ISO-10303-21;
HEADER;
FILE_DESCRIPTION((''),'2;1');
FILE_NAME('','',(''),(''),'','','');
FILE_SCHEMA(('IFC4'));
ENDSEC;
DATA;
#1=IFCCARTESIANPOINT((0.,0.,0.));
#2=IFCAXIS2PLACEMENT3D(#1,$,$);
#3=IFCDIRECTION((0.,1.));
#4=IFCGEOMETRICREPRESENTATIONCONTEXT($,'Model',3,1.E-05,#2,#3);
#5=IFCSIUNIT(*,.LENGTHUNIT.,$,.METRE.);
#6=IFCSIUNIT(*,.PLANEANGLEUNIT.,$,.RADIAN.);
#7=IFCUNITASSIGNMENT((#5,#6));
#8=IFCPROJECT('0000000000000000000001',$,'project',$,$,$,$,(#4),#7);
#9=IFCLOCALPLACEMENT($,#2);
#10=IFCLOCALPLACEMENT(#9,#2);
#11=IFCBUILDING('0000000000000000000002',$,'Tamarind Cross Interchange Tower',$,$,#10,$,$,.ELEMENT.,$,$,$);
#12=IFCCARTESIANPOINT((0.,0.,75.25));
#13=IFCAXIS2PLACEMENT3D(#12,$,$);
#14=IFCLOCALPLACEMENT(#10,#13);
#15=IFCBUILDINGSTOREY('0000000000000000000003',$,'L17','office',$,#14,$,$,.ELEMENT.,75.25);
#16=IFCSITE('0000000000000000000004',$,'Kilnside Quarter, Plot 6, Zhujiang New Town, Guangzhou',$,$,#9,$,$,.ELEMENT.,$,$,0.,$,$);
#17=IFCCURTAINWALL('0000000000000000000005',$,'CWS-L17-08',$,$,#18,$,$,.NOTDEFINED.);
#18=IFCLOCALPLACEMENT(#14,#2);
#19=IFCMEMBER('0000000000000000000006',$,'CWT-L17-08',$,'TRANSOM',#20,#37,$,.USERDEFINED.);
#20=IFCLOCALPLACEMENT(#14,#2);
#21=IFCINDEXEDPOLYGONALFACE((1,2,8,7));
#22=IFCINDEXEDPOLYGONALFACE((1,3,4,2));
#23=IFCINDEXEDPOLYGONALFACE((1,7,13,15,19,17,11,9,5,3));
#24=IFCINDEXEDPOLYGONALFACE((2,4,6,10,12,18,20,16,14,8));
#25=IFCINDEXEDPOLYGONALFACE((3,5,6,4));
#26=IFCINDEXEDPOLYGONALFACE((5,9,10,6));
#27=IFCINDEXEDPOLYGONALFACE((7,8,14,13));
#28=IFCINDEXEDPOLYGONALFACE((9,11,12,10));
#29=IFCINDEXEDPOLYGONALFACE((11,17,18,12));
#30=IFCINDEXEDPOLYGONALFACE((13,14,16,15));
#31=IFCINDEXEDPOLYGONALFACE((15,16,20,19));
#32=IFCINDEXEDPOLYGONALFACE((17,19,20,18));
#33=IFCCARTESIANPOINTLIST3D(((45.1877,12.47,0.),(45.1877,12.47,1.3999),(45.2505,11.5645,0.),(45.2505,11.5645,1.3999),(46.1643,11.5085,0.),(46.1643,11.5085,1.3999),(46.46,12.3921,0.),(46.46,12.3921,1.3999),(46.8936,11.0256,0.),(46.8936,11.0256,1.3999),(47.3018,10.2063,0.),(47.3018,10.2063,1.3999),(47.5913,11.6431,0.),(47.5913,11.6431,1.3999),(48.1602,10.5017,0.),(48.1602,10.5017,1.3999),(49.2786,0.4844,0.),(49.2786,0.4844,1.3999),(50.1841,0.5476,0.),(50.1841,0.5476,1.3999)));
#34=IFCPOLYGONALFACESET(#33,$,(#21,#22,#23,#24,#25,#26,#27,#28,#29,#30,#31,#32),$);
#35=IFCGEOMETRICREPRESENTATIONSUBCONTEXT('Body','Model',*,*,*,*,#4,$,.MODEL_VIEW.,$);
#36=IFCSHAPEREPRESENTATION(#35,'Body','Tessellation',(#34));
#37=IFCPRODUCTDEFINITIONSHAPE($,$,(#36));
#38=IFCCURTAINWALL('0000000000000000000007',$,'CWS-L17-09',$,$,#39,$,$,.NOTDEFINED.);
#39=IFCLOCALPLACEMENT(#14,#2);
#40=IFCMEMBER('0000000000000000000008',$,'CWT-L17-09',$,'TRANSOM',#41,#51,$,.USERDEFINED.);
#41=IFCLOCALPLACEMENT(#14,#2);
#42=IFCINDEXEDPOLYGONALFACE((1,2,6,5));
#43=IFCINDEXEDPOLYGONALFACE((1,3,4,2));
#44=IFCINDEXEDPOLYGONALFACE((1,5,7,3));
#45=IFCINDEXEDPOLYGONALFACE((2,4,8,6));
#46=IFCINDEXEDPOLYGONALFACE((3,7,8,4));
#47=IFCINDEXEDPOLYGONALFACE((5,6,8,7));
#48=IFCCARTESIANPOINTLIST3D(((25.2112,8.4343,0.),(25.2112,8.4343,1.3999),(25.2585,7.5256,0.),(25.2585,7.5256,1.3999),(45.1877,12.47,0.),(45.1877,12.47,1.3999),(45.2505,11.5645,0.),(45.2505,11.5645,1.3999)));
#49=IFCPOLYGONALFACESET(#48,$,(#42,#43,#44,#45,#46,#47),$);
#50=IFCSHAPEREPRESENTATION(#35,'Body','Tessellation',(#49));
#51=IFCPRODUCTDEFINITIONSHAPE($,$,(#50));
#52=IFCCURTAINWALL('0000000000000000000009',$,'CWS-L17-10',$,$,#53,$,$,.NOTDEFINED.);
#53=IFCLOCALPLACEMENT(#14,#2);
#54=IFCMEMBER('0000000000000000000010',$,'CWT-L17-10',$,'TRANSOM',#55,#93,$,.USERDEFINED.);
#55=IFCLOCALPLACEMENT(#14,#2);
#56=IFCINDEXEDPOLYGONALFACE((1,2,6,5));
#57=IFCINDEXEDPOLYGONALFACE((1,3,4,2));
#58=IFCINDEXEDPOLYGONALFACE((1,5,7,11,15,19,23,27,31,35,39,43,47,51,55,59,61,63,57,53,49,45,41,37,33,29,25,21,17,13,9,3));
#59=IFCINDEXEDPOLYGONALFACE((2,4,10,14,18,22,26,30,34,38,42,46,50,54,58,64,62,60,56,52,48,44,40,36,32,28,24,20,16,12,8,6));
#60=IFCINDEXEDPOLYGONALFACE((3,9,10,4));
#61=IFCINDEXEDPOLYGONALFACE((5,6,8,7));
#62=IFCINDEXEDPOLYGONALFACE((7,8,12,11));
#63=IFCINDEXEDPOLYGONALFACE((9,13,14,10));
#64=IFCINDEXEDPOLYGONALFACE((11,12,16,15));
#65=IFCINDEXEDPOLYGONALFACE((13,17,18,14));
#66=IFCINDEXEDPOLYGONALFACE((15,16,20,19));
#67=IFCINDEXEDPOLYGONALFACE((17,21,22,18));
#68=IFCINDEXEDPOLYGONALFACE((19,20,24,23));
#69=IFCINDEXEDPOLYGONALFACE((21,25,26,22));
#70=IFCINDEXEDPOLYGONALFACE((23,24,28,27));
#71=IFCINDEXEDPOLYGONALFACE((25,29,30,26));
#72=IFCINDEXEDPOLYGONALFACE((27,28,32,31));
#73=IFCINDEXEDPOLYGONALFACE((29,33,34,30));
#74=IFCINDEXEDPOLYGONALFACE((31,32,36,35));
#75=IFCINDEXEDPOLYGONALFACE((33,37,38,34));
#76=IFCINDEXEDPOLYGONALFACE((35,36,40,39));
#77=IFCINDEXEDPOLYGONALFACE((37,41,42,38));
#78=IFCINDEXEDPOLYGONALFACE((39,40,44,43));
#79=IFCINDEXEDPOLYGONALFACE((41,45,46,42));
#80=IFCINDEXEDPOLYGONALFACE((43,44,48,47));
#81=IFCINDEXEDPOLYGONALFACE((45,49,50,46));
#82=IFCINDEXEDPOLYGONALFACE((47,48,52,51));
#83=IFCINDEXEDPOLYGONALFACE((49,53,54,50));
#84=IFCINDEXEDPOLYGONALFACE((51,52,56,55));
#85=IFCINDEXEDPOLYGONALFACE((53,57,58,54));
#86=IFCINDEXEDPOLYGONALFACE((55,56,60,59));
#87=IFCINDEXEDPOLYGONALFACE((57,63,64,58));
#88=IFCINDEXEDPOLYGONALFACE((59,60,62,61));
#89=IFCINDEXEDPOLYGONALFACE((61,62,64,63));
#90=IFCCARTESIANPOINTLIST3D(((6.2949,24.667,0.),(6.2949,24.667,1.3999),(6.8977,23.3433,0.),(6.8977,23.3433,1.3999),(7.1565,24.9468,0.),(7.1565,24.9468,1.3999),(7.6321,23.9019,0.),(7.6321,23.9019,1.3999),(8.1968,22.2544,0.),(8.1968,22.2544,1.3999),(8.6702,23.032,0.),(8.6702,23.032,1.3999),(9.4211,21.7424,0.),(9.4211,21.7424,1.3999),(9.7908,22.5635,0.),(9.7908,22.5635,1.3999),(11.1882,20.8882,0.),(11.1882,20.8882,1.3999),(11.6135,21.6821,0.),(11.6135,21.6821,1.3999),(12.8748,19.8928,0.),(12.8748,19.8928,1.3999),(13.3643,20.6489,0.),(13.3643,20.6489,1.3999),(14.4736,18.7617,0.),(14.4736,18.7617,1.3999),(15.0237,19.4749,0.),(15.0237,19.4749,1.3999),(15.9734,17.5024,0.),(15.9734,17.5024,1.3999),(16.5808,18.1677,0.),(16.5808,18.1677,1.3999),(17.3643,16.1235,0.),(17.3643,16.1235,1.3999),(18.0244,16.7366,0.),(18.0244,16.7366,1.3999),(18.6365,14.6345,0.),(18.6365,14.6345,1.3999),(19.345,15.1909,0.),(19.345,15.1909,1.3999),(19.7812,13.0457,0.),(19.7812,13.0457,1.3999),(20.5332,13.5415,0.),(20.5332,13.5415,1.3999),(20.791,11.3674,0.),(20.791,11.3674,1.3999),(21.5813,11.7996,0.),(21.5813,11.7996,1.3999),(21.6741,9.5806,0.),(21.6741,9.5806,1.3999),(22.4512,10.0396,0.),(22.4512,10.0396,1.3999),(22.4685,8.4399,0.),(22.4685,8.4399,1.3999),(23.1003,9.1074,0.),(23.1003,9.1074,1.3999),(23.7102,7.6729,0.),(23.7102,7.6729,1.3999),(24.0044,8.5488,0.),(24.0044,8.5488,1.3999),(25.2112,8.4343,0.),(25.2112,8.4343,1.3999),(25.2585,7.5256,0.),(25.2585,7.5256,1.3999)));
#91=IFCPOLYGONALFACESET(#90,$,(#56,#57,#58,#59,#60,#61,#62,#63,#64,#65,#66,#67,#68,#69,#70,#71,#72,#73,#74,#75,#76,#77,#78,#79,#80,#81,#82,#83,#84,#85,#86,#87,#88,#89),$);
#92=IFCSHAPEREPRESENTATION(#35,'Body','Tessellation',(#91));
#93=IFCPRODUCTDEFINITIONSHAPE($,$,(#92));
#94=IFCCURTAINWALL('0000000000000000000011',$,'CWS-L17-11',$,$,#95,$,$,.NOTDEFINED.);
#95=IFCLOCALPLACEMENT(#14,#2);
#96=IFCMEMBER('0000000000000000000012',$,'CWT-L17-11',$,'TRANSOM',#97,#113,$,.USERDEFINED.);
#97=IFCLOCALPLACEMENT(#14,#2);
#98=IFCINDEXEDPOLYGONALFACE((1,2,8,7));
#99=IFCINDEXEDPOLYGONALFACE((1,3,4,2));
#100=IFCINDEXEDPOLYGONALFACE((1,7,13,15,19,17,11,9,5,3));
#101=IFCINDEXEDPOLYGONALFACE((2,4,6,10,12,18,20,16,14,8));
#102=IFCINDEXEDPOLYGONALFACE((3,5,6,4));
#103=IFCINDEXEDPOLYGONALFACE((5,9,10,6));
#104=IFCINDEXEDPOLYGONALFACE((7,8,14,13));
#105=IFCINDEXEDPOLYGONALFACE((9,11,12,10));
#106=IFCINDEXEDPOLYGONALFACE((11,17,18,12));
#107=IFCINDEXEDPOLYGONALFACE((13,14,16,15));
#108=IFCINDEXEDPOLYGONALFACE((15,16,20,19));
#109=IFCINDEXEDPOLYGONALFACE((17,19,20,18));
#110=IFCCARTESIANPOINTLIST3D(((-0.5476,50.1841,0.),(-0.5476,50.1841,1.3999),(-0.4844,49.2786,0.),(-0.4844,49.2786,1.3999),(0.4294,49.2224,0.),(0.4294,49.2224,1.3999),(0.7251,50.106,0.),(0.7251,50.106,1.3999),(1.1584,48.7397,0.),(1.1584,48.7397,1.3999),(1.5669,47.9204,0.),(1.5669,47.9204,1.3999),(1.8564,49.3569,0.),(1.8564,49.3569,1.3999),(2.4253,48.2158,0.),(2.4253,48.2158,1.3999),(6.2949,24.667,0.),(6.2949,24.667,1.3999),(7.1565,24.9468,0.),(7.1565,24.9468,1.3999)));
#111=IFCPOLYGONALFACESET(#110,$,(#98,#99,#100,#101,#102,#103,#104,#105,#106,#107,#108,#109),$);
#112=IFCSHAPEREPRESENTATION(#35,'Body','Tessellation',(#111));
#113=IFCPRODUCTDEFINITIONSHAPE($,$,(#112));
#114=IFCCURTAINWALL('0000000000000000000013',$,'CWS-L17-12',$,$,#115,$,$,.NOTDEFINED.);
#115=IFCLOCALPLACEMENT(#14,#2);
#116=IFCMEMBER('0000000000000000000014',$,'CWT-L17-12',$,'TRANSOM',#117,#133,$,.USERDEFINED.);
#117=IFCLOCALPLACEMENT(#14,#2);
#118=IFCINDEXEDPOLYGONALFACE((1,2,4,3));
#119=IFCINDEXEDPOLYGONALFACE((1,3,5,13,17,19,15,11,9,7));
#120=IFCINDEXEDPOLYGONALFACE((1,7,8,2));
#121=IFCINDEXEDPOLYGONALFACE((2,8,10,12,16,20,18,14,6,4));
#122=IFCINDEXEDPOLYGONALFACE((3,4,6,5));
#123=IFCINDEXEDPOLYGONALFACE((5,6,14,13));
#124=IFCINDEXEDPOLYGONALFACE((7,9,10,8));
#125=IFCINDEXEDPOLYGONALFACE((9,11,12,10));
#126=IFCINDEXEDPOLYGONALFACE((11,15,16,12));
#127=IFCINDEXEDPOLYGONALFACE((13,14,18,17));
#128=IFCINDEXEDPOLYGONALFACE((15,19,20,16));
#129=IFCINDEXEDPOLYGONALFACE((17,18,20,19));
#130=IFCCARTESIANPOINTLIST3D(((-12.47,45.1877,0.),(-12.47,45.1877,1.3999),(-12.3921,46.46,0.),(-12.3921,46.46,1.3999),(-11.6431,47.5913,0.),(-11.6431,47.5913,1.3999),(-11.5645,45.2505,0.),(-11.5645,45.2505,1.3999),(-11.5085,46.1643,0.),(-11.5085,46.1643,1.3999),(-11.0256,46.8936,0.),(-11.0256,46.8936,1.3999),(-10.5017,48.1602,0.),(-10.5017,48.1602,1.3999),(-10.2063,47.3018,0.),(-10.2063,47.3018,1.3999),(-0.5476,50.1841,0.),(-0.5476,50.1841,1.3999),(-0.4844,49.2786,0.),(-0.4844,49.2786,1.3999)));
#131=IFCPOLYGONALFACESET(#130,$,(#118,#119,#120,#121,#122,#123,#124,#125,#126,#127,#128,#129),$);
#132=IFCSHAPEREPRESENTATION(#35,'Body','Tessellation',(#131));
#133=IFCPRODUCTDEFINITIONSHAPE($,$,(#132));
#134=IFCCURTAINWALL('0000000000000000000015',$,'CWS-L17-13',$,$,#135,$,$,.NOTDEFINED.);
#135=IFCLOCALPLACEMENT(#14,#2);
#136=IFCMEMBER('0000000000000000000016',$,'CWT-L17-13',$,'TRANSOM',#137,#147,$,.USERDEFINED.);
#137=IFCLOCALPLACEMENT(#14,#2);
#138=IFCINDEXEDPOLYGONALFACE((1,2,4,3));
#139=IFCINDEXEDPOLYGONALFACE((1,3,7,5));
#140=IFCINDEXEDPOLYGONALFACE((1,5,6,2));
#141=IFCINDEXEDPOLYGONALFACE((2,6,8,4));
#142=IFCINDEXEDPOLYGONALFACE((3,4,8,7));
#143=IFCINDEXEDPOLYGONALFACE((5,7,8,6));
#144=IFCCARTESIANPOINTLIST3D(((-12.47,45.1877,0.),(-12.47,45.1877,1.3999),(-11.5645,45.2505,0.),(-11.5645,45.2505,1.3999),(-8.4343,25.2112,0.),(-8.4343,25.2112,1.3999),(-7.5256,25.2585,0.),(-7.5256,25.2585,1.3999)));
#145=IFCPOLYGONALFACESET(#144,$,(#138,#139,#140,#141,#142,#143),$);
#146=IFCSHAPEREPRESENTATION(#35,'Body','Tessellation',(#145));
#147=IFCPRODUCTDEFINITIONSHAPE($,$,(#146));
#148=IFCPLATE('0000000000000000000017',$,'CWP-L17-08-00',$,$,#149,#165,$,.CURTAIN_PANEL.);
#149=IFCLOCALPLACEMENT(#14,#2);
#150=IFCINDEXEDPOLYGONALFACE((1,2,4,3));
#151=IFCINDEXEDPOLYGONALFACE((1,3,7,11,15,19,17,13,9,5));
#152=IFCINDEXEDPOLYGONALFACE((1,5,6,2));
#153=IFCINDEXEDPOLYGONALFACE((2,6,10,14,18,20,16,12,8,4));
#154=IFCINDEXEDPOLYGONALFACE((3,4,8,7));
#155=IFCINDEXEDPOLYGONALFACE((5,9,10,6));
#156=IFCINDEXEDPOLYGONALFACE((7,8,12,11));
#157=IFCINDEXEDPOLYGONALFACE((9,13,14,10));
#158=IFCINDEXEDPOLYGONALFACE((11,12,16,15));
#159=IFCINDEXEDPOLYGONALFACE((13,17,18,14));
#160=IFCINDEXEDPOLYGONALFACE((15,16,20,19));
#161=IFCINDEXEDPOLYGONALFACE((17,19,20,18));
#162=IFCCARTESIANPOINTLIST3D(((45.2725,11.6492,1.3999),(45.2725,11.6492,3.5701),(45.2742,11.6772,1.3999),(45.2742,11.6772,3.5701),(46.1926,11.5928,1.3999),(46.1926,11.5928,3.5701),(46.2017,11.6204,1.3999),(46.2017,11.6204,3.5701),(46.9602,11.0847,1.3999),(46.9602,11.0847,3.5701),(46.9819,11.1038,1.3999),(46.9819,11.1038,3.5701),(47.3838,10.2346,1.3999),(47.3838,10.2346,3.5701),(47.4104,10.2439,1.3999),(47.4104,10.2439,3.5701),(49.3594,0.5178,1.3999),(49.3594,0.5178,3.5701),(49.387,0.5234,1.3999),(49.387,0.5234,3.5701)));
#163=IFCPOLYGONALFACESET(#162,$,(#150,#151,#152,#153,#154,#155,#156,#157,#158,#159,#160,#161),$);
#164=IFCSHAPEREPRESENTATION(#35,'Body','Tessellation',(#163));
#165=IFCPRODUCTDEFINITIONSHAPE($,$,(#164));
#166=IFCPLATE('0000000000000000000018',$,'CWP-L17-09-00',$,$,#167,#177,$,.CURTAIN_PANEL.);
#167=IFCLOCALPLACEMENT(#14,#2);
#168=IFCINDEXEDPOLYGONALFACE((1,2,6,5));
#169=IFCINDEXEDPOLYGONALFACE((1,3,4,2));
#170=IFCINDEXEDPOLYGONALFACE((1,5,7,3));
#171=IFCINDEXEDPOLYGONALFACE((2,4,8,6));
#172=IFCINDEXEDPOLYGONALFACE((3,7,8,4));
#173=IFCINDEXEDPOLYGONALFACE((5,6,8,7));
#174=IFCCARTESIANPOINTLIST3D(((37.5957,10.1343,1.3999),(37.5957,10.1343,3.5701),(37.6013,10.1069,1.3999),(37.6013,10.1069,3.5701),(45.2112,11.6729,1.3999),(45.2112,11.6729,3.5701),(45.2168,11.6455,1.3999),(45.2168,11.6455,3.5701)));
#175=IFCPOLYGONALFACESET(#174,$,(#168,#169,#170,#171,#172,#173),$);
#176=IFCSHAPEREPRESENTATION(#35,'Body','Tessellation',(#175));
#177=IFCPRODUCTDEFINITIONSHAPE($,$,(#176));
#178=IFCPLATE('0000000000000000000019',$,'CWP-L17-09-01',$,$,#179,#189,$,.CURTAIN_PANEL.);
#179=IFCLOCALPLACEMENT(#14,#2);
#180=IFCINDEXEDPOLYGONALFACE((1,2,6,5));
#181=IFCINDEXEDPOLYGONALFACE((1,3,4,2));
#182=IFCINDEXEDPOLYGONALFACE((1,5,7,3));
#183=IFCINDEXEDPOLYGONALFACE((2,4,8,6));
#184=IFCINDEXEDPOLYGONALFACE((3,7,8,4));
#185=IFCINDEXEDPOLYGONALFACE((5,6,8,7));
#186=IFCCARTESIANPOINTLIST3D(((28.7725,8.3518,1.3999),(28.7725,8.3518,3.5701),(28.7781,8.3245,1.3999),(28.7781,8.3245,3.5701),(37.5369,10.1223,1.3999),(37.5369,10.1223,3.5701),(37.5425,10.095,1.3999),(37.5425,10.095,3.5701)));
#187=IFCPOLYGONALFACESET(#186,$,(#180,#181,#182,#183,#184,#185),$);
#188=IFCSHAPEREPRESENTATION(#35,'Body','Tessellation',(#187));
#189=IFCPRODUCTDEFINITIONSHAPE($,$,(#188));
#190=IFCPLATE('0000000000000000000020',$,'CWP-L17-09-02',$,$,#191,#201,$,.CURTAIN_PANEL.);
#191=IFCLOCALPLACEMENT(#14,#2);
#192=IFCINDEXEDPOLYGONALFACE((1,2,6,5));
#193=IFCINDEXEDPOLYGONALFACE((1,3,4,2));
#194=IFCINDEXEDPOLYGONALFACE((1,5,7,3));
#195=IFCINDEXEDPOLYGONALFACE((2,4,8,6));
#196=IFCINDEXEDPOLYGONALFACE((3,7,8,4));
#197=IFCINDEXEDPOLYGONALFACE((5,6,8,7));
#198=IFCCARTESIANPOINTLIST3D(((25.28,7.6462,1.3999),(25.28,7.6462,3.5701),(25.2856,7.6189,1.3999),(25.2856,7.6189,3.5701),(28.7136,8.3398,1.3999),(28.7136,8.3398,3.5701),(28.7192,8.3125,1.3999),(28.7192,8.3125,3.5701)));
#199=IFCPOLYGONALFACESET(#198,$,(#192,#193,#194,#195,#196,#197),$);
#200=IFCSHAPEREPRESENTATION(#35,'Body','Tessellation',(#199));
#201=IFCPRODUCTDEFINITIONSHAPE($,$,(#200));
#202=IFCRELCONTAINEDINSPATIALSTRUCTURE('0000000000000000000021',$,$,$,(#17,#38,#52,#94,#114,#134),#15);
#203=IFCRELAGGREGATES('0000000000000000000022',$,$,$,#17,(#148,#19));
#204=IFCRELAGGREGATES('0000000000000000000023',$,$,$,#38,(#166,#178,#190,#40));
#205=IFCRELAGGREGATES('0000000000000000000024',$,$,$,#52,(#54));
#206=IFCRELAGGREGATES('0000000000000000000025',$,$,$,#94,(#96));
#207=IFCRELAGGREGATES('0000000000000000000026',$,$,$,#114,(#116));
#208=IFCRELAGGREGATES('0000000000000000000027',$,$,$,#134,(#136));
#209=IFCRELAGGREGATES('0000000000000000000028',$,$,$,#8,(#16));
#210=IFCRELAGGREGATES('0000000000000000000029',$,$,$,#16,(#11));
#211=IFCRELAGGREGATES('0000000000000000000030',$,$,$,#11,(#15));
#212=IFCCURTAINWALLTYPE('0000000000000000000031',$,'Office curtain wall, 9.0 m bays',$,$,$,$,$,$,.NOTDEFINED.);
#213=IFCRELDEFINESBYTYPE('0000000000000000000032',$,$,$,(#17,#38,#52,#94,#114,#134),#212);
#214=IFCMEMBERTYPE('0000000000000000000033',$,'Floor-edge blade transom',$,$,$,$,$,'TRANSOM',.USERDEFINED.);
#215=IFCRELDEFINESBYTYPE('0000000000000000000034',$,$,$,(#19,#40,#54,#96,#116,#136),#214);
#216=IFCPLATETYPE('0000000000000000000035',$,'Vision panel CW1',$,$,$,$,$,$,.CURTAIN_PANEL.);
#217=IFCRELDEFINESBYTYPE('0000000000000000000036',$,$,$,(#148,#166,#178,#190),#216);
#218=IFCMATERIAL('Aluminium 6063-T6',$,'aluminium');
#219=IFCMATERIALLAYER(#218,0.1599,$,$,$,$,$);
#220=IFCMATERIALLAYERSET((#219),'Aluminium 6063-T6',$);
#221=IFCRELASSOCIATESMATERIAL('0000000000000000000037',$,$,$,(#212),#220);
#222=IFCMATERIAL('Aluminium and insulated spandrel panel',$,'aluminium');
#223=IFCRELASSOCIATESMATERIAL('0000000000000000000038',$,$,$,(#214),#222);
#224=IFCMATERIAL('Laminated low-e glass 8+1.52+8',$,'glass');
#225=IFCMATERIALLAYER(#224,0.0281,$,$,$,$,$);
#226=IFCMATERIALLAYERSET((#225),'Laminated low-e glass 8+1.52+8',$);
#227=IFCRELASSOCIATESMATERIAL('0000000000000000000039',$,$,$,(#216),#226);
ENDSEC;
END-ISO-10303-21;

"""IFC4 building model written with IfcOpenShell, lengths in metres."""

from ifc_helpers import new_model, si_unit, direction, frame, origin, place, context, subcontext, project, spatial, polyline, outline, extrude, material, layer, layer_set, type_object, element, aggregate, save


model = new_model("IFC4")

# Units and contexts
model_context = context("Model", 3, precision=1e-05, world=origin(), true_north=direction((0.0, 1.0)))
body_context = subcontext(model_context, "Body", "Model", "MODEL_VIEW")
ifc_project = project(units=[si_unit("LENGTHUNIT", "METRE"), si_unit("PLANEANGLEUNIT", "RADIAN")], contexts=[model_context])

# Site, building, storey
site_placement = place(None, origin())
site = spatial("IfcSite", under=ifc_project, at=site_placement, Name="Kilnside Quarter, Plot 6, Zhujiang New Town, Guangzhou", CompositionType="ELEMENT", RefElevation=0.0)
building_placement = place(site_placement, origin())
building = spatial("IfcBuilding", under=site, at=building_placement, Name="Tamarind Cross Interchange Tower", CompositionType="ELEMENT")
storey_placement = place(building_placement, frame((0.0, 0.0, 75.25)))
storey = spatial("IfcBuildingStorey", under=building, at=storey_placement, Name="L17", Description="office", CompositionType="ELEMENT", Elevation=75.25)

# Curtain walls, members
ifc_material_1 = material(Name="Aluminium 6063-T6", Category="aluminium")
ifc_layer_1 = layer(ifc_material_1, 0.1599)
ifc_layer_set_1 = layer_set([ifc_layer_1], Name="Aluminium 6063-T6")
curtain_wall_type = type_object("IfcCurtainWallType", Name="Office curtain wall, 9.0 m bays", PredefinedType="NOTDEFINED", material=ifc_layer_set_1)
curtain_wall_1_placement = place(storey_placement, origin())
curtain_wall_1 = element("IfcCurtainWall", 1, at=curtain_wall_1_placement, inside=storey, type_object=curtain_wall_type, Name="CWS-L17-08", PredefinedType="NOTDEFINED")
ifc_material_2 = material(Name="Aluminium and insulated spandrel panel", Category="aluminium")
member_type = type_object("IfcMemberType", Name="Floor-edge blade transom", ElementType="TRANSOM", PredefinedType="USERDEFINED", material=ifc_material_2)
member_1_placement = place(storey_placement, origin())
member_1 = element("IfcMember", 2, at=member_1_placement, type_object=member_type, Name="CWT-L17-08", ObjectType="TRANSOM", PredefinedType="USERDEFINED", context=body_context, shape_type="SweptSolid", body=[
    extrude(outline(polyline([(49.2786, 0.4844), (47.3018, 10.2063), (46.8936, 11.0256), (46.1643, 11.5085), (45.2505, 11.5645), (45.1877, 12.47), (46.46, 12.3921), (47.5913, 11.6431), (48.1602, 10.5017), (50.1841, 0.5476), (49.2786, 0.4844)])), origin(), (0.0, 0.0, 1.0), 1.3999),
])
curtain_wall_2_placement = place(storey_placement, origin())
curtain_wall_2 = element("IfcCurtainWall", 3, at=curtain_wall_2_placement, inside=storey, type_object=curtain_wall_type, Name="CWS-L17-09", PredefinedType="NOTDEFINED")
member_2_placement = place(storey_placement, origin())
member_2 = element("IfcMember", 4, at=member_2_placement, type_object=member_type, Name="CWT-L17-09", ObjectType="TRANSOM", PredefinedType="USERDEFINED", context=body_context, shape_type="SweptSolid", body=[
    extrude(outline(polyline([(45.2505, 11.5645), (25.2585, 7.5256), (25.2112, 8.4343), (45.1877, 12.47), (45.2505, 11.5645)])), origin(), (0.0, 0.0, 1.0), 1.3999),
])
curtain_wall_3_placement = place(storey_placement, origin())
curtain_wall_3 = element("IfcCurtainWall", 5, at=curtain_wall_3_placement, inside=storey, type_object=curtain_wall_type, Name="CWS-L17-10", PredefinedType="NOTDEFINED")
member_3_placement = place(storey_placement, origin())
member_3 = element("IfcMember", 6, at=member_3_placement, type_object=member_type, Name="CWT-L17-10", ObjectType="TRANSOM", PredefinedType="USERDEFINED", context=body_context, shape_type="SweptSolid", body=[
    extrude(outline(polyline([(25.2585, 7.5256), (23.7102, 7.6729), (22.4685, 8.4399), (21.6741, 9.5806), (20.791, 11.3674), (19.7812, 13.0457), (18.6365, 14.6345), (17.3643, 16.1235), (15.9734, 17.5024), (14.4736, 18.7617), (12.8748, 19.8928), (11.1882, 20.8882), (9.4211, 21.7424), (8.1968, 22.2544), (6.8977, 23.3433), (6.2949, 24.667), (7.1565, 24.9468), (7.6321, 23.9019), (8.6702, 23.032), (9.7908, 22.5635), (11.6135, 21.6821), (13.3643, 20.6489), (15.0237, 19.4749), (16.5808, 18.1677), (18.0244, 16.7366), (19.345, 15.1909), (20.5332, 13.5415), (21.5813, 11.7996), (22.4512, 10.0396), (23.1003, 9.1074), (24.0044, 8.5488), (25.2112, 8.4343), (25.2585, 7.5256)])), origin(), (0.0, 0.0, 1.0), 1.3999),
])
curtain_wall_4_placement = place(storey_placement, origin())
curtain_wall_4 = element("IfcCurtainWall", 7, at=curtain_wall_4_placement, inside=storey, type_object=curtain_wall_type, Name="CWS-L17-11", PredefinedType="NOTDEFINED")
member_4_placement = place(storey_placement, origin())
member_4 = element("IfcMember", 8, at=member_4_placement, type_object=member_type, Name="CWT-L17-11", ObjectType="TRANSOM", PredefinedType="USERDEFINED", context=body_context, shape_type="SweptSolid", body=[
    extrude(outline(polyline([(6.2949, 24.667), (1.5669, 47.9204), (1.1584, 48.7397), (0.4294, 49.2224), (-0.4844, 49.2786), (-0.5476, 50.1841), (0.7251, 50.106), (1.8564, 49.3569), (2.4253, 48.2158), (7.1565, 24.9468), (6.2949, 24.667)])), origin(), (0.0, 0.0, 1.0), 1.3999),
])
curtain_wall_5_placement = place(storey_placement, origin())
curtain_wall_5 = element("IfcCurtainWall", 9, at=curtain_wall_5_placement, inside=storey, type_object=curtain_wall_type, Name="CWS-L17-12", PredefinedType="NOTDEFINED")
member_5_placement = place(storey_placement, origin())
member_5 = element("IfcMember", 10, at=member_5_placement, type_object=member_type, Name="CWT-L17-12", ObjectType="TRANSOM", PredefinedType="USERDEFINED", context=body_context, shape_type="SweptSolid", body=[
    extrude(outline(polyline([(-0.4844, 49.2786), (-10.2063, 47.3018), (-11.0256, 46.8936), (-11.5085, 46.1643), (-11.5645, 45.2505), (-12.47, 45.1877), (-12.3921, 46.46), (-11.6431, 47.5913), (-10.5017, 48.1602), (-0.5476, 50.1841), (-0.4844, 49.2786)])), origin(), (0.0, 0.0, 1.0), 1.3999),
])
curtain_wall_6_placement = place(storey_placement, origin())
curtain_wall_6 = element("IfcCurtainWall", 11, at=curtain_wall_6_placement, inside=storey, type_object=curtain_wall_type, Name="CWS-L17-13", PredefinedType="NOTDEFINED")
member_6_placement = place(storey_placement, origin())
member_6 = element("IfcMember", 12, at=member_6_placement, type_object=member_type, Name="CWT-L17-13", ObjectType="TRANSOM", PredefinedType="USERDEFINED", context=body_context, shape_type="SweptSolid", body=[
    extrude(outline(polyline([(-11.5645, 45.2505), (-7.5256, 25.2585), (-8.4343, 25.2112), (-12.47, 45.1877), (-11.5645, 45.2505)])), origin(), (0.0, 0.0, 1.0), 1.3999),
])

# Plates
ifc_material_3 = material(Name="Laminated low-e glass 8+1.52+8", Category="glass")
ifc_layer_2 = layer(ifc_material_3, 0.0281)
ifc_layer_set_2 = layer_set([ifc_layer_2], Name="Laminated low-e glass 8+1.52+8")
plate_type = type_object("IfcPlateType", Name="Vision panel CW1", PredefinedType="CURTAIN_PANEL", material=ifc_layer_set_2)
plate_1_placement = place(storey_placement, frame((0.0, 0.0, 1.3999)))
plate_1 = element("IfcPlate", 13, at=plate_1_placement, type_object=plate_type, Name="CWP-L17-08-00", PredefinedType="CURTAIN_PANEL", context=body_context, shape_type="SweptSolid", body=[
    extrude(outline(polyline([(49.3594, 0.5178), (47.3838, 10.2346), (46.9602, 11.0847), (46.1926, 11.5928), (45.2725, 11.6492), (45.2742, 11.6772), (46.2017, 11.6204), (46.9819, 11.1038), (47.4104, 10.2439), (49.387, 0.5234), (49.3594, 0.5178)])), origin(), (0.0, 0.0, 1.0), 2.1702),
])
aggregate(curtain_wall_1, [plate_1, member_1])
plate_2_placement = place(storey_placement, frame((0.0, 0.0, 1.3999)))
plate_2 = element("IfcPlate", 14, at=plate_2_placement, type_object=plate_type, Name="CWP-L17-09-00", PredefinedType="CURTAIN_PANEL", context=body_context, shape_type="SweptSolid", body=[
    extrude(outline(polyline([(45.2168, 11.6455), (37.6013, 10.1069), (37.5957, 10.1343), (45.2112, 11.6729), (45.2168, 11.6455)])), origin(), (0.0, 0.0, 1.0), 2.1702),
])
plate_3_placement = place(storey_placement, frame((0.0, 0.0, 1.3999)))
plate_3 = element("IfcPlate", 15, at=plate_3_placement, type_object=plate_type, Name="CWP-L17-09-01", PredefinedType="CURTAIN_PANEL", context=body_context, shape_type="SweptSolid", body=[
    extrude(outline(polyline([(37.5425, 10.095), (28.7781, 8.3245), (28.7725, 8.3518), (37.5369, 10.1223), (37.5425, 10.095)])), origin(), (0.0, 0.0, 1.0), 2.1702),
])
plate_4_placement = place(storey_placement, frame((0.0, 0.0, 1.3999)))
plate_4 = element("IfcPlate", 16, at=plate_4_placement, type_object=plate_type, Name="CWP-L17-09-02", PredefinedType="CURTAIN_PANEL", context=body_context, shape_type="SweptSolid", body=[
    extrude(outline(polyline([(28.7192, 8.3125), (25.2856, 7.6189), (25.28, 7.6462), (28.7136, 8.3398), (28.7192, 8.3125)])), origin(), (0.0, 0.0, 1.0), 2.1702),
])
aggregate(curtain_wall_2, [plate_2, plate_3, plate_4, member_2])
aggregate(curtain_wall_3, [member_3])
aggregate(curtain_wall_4, [member_4])
aggregate(curtain_wall_5, [member_5])
aggregate(curtain_wall_6, [member_6])

save(model, "model.ifc")
